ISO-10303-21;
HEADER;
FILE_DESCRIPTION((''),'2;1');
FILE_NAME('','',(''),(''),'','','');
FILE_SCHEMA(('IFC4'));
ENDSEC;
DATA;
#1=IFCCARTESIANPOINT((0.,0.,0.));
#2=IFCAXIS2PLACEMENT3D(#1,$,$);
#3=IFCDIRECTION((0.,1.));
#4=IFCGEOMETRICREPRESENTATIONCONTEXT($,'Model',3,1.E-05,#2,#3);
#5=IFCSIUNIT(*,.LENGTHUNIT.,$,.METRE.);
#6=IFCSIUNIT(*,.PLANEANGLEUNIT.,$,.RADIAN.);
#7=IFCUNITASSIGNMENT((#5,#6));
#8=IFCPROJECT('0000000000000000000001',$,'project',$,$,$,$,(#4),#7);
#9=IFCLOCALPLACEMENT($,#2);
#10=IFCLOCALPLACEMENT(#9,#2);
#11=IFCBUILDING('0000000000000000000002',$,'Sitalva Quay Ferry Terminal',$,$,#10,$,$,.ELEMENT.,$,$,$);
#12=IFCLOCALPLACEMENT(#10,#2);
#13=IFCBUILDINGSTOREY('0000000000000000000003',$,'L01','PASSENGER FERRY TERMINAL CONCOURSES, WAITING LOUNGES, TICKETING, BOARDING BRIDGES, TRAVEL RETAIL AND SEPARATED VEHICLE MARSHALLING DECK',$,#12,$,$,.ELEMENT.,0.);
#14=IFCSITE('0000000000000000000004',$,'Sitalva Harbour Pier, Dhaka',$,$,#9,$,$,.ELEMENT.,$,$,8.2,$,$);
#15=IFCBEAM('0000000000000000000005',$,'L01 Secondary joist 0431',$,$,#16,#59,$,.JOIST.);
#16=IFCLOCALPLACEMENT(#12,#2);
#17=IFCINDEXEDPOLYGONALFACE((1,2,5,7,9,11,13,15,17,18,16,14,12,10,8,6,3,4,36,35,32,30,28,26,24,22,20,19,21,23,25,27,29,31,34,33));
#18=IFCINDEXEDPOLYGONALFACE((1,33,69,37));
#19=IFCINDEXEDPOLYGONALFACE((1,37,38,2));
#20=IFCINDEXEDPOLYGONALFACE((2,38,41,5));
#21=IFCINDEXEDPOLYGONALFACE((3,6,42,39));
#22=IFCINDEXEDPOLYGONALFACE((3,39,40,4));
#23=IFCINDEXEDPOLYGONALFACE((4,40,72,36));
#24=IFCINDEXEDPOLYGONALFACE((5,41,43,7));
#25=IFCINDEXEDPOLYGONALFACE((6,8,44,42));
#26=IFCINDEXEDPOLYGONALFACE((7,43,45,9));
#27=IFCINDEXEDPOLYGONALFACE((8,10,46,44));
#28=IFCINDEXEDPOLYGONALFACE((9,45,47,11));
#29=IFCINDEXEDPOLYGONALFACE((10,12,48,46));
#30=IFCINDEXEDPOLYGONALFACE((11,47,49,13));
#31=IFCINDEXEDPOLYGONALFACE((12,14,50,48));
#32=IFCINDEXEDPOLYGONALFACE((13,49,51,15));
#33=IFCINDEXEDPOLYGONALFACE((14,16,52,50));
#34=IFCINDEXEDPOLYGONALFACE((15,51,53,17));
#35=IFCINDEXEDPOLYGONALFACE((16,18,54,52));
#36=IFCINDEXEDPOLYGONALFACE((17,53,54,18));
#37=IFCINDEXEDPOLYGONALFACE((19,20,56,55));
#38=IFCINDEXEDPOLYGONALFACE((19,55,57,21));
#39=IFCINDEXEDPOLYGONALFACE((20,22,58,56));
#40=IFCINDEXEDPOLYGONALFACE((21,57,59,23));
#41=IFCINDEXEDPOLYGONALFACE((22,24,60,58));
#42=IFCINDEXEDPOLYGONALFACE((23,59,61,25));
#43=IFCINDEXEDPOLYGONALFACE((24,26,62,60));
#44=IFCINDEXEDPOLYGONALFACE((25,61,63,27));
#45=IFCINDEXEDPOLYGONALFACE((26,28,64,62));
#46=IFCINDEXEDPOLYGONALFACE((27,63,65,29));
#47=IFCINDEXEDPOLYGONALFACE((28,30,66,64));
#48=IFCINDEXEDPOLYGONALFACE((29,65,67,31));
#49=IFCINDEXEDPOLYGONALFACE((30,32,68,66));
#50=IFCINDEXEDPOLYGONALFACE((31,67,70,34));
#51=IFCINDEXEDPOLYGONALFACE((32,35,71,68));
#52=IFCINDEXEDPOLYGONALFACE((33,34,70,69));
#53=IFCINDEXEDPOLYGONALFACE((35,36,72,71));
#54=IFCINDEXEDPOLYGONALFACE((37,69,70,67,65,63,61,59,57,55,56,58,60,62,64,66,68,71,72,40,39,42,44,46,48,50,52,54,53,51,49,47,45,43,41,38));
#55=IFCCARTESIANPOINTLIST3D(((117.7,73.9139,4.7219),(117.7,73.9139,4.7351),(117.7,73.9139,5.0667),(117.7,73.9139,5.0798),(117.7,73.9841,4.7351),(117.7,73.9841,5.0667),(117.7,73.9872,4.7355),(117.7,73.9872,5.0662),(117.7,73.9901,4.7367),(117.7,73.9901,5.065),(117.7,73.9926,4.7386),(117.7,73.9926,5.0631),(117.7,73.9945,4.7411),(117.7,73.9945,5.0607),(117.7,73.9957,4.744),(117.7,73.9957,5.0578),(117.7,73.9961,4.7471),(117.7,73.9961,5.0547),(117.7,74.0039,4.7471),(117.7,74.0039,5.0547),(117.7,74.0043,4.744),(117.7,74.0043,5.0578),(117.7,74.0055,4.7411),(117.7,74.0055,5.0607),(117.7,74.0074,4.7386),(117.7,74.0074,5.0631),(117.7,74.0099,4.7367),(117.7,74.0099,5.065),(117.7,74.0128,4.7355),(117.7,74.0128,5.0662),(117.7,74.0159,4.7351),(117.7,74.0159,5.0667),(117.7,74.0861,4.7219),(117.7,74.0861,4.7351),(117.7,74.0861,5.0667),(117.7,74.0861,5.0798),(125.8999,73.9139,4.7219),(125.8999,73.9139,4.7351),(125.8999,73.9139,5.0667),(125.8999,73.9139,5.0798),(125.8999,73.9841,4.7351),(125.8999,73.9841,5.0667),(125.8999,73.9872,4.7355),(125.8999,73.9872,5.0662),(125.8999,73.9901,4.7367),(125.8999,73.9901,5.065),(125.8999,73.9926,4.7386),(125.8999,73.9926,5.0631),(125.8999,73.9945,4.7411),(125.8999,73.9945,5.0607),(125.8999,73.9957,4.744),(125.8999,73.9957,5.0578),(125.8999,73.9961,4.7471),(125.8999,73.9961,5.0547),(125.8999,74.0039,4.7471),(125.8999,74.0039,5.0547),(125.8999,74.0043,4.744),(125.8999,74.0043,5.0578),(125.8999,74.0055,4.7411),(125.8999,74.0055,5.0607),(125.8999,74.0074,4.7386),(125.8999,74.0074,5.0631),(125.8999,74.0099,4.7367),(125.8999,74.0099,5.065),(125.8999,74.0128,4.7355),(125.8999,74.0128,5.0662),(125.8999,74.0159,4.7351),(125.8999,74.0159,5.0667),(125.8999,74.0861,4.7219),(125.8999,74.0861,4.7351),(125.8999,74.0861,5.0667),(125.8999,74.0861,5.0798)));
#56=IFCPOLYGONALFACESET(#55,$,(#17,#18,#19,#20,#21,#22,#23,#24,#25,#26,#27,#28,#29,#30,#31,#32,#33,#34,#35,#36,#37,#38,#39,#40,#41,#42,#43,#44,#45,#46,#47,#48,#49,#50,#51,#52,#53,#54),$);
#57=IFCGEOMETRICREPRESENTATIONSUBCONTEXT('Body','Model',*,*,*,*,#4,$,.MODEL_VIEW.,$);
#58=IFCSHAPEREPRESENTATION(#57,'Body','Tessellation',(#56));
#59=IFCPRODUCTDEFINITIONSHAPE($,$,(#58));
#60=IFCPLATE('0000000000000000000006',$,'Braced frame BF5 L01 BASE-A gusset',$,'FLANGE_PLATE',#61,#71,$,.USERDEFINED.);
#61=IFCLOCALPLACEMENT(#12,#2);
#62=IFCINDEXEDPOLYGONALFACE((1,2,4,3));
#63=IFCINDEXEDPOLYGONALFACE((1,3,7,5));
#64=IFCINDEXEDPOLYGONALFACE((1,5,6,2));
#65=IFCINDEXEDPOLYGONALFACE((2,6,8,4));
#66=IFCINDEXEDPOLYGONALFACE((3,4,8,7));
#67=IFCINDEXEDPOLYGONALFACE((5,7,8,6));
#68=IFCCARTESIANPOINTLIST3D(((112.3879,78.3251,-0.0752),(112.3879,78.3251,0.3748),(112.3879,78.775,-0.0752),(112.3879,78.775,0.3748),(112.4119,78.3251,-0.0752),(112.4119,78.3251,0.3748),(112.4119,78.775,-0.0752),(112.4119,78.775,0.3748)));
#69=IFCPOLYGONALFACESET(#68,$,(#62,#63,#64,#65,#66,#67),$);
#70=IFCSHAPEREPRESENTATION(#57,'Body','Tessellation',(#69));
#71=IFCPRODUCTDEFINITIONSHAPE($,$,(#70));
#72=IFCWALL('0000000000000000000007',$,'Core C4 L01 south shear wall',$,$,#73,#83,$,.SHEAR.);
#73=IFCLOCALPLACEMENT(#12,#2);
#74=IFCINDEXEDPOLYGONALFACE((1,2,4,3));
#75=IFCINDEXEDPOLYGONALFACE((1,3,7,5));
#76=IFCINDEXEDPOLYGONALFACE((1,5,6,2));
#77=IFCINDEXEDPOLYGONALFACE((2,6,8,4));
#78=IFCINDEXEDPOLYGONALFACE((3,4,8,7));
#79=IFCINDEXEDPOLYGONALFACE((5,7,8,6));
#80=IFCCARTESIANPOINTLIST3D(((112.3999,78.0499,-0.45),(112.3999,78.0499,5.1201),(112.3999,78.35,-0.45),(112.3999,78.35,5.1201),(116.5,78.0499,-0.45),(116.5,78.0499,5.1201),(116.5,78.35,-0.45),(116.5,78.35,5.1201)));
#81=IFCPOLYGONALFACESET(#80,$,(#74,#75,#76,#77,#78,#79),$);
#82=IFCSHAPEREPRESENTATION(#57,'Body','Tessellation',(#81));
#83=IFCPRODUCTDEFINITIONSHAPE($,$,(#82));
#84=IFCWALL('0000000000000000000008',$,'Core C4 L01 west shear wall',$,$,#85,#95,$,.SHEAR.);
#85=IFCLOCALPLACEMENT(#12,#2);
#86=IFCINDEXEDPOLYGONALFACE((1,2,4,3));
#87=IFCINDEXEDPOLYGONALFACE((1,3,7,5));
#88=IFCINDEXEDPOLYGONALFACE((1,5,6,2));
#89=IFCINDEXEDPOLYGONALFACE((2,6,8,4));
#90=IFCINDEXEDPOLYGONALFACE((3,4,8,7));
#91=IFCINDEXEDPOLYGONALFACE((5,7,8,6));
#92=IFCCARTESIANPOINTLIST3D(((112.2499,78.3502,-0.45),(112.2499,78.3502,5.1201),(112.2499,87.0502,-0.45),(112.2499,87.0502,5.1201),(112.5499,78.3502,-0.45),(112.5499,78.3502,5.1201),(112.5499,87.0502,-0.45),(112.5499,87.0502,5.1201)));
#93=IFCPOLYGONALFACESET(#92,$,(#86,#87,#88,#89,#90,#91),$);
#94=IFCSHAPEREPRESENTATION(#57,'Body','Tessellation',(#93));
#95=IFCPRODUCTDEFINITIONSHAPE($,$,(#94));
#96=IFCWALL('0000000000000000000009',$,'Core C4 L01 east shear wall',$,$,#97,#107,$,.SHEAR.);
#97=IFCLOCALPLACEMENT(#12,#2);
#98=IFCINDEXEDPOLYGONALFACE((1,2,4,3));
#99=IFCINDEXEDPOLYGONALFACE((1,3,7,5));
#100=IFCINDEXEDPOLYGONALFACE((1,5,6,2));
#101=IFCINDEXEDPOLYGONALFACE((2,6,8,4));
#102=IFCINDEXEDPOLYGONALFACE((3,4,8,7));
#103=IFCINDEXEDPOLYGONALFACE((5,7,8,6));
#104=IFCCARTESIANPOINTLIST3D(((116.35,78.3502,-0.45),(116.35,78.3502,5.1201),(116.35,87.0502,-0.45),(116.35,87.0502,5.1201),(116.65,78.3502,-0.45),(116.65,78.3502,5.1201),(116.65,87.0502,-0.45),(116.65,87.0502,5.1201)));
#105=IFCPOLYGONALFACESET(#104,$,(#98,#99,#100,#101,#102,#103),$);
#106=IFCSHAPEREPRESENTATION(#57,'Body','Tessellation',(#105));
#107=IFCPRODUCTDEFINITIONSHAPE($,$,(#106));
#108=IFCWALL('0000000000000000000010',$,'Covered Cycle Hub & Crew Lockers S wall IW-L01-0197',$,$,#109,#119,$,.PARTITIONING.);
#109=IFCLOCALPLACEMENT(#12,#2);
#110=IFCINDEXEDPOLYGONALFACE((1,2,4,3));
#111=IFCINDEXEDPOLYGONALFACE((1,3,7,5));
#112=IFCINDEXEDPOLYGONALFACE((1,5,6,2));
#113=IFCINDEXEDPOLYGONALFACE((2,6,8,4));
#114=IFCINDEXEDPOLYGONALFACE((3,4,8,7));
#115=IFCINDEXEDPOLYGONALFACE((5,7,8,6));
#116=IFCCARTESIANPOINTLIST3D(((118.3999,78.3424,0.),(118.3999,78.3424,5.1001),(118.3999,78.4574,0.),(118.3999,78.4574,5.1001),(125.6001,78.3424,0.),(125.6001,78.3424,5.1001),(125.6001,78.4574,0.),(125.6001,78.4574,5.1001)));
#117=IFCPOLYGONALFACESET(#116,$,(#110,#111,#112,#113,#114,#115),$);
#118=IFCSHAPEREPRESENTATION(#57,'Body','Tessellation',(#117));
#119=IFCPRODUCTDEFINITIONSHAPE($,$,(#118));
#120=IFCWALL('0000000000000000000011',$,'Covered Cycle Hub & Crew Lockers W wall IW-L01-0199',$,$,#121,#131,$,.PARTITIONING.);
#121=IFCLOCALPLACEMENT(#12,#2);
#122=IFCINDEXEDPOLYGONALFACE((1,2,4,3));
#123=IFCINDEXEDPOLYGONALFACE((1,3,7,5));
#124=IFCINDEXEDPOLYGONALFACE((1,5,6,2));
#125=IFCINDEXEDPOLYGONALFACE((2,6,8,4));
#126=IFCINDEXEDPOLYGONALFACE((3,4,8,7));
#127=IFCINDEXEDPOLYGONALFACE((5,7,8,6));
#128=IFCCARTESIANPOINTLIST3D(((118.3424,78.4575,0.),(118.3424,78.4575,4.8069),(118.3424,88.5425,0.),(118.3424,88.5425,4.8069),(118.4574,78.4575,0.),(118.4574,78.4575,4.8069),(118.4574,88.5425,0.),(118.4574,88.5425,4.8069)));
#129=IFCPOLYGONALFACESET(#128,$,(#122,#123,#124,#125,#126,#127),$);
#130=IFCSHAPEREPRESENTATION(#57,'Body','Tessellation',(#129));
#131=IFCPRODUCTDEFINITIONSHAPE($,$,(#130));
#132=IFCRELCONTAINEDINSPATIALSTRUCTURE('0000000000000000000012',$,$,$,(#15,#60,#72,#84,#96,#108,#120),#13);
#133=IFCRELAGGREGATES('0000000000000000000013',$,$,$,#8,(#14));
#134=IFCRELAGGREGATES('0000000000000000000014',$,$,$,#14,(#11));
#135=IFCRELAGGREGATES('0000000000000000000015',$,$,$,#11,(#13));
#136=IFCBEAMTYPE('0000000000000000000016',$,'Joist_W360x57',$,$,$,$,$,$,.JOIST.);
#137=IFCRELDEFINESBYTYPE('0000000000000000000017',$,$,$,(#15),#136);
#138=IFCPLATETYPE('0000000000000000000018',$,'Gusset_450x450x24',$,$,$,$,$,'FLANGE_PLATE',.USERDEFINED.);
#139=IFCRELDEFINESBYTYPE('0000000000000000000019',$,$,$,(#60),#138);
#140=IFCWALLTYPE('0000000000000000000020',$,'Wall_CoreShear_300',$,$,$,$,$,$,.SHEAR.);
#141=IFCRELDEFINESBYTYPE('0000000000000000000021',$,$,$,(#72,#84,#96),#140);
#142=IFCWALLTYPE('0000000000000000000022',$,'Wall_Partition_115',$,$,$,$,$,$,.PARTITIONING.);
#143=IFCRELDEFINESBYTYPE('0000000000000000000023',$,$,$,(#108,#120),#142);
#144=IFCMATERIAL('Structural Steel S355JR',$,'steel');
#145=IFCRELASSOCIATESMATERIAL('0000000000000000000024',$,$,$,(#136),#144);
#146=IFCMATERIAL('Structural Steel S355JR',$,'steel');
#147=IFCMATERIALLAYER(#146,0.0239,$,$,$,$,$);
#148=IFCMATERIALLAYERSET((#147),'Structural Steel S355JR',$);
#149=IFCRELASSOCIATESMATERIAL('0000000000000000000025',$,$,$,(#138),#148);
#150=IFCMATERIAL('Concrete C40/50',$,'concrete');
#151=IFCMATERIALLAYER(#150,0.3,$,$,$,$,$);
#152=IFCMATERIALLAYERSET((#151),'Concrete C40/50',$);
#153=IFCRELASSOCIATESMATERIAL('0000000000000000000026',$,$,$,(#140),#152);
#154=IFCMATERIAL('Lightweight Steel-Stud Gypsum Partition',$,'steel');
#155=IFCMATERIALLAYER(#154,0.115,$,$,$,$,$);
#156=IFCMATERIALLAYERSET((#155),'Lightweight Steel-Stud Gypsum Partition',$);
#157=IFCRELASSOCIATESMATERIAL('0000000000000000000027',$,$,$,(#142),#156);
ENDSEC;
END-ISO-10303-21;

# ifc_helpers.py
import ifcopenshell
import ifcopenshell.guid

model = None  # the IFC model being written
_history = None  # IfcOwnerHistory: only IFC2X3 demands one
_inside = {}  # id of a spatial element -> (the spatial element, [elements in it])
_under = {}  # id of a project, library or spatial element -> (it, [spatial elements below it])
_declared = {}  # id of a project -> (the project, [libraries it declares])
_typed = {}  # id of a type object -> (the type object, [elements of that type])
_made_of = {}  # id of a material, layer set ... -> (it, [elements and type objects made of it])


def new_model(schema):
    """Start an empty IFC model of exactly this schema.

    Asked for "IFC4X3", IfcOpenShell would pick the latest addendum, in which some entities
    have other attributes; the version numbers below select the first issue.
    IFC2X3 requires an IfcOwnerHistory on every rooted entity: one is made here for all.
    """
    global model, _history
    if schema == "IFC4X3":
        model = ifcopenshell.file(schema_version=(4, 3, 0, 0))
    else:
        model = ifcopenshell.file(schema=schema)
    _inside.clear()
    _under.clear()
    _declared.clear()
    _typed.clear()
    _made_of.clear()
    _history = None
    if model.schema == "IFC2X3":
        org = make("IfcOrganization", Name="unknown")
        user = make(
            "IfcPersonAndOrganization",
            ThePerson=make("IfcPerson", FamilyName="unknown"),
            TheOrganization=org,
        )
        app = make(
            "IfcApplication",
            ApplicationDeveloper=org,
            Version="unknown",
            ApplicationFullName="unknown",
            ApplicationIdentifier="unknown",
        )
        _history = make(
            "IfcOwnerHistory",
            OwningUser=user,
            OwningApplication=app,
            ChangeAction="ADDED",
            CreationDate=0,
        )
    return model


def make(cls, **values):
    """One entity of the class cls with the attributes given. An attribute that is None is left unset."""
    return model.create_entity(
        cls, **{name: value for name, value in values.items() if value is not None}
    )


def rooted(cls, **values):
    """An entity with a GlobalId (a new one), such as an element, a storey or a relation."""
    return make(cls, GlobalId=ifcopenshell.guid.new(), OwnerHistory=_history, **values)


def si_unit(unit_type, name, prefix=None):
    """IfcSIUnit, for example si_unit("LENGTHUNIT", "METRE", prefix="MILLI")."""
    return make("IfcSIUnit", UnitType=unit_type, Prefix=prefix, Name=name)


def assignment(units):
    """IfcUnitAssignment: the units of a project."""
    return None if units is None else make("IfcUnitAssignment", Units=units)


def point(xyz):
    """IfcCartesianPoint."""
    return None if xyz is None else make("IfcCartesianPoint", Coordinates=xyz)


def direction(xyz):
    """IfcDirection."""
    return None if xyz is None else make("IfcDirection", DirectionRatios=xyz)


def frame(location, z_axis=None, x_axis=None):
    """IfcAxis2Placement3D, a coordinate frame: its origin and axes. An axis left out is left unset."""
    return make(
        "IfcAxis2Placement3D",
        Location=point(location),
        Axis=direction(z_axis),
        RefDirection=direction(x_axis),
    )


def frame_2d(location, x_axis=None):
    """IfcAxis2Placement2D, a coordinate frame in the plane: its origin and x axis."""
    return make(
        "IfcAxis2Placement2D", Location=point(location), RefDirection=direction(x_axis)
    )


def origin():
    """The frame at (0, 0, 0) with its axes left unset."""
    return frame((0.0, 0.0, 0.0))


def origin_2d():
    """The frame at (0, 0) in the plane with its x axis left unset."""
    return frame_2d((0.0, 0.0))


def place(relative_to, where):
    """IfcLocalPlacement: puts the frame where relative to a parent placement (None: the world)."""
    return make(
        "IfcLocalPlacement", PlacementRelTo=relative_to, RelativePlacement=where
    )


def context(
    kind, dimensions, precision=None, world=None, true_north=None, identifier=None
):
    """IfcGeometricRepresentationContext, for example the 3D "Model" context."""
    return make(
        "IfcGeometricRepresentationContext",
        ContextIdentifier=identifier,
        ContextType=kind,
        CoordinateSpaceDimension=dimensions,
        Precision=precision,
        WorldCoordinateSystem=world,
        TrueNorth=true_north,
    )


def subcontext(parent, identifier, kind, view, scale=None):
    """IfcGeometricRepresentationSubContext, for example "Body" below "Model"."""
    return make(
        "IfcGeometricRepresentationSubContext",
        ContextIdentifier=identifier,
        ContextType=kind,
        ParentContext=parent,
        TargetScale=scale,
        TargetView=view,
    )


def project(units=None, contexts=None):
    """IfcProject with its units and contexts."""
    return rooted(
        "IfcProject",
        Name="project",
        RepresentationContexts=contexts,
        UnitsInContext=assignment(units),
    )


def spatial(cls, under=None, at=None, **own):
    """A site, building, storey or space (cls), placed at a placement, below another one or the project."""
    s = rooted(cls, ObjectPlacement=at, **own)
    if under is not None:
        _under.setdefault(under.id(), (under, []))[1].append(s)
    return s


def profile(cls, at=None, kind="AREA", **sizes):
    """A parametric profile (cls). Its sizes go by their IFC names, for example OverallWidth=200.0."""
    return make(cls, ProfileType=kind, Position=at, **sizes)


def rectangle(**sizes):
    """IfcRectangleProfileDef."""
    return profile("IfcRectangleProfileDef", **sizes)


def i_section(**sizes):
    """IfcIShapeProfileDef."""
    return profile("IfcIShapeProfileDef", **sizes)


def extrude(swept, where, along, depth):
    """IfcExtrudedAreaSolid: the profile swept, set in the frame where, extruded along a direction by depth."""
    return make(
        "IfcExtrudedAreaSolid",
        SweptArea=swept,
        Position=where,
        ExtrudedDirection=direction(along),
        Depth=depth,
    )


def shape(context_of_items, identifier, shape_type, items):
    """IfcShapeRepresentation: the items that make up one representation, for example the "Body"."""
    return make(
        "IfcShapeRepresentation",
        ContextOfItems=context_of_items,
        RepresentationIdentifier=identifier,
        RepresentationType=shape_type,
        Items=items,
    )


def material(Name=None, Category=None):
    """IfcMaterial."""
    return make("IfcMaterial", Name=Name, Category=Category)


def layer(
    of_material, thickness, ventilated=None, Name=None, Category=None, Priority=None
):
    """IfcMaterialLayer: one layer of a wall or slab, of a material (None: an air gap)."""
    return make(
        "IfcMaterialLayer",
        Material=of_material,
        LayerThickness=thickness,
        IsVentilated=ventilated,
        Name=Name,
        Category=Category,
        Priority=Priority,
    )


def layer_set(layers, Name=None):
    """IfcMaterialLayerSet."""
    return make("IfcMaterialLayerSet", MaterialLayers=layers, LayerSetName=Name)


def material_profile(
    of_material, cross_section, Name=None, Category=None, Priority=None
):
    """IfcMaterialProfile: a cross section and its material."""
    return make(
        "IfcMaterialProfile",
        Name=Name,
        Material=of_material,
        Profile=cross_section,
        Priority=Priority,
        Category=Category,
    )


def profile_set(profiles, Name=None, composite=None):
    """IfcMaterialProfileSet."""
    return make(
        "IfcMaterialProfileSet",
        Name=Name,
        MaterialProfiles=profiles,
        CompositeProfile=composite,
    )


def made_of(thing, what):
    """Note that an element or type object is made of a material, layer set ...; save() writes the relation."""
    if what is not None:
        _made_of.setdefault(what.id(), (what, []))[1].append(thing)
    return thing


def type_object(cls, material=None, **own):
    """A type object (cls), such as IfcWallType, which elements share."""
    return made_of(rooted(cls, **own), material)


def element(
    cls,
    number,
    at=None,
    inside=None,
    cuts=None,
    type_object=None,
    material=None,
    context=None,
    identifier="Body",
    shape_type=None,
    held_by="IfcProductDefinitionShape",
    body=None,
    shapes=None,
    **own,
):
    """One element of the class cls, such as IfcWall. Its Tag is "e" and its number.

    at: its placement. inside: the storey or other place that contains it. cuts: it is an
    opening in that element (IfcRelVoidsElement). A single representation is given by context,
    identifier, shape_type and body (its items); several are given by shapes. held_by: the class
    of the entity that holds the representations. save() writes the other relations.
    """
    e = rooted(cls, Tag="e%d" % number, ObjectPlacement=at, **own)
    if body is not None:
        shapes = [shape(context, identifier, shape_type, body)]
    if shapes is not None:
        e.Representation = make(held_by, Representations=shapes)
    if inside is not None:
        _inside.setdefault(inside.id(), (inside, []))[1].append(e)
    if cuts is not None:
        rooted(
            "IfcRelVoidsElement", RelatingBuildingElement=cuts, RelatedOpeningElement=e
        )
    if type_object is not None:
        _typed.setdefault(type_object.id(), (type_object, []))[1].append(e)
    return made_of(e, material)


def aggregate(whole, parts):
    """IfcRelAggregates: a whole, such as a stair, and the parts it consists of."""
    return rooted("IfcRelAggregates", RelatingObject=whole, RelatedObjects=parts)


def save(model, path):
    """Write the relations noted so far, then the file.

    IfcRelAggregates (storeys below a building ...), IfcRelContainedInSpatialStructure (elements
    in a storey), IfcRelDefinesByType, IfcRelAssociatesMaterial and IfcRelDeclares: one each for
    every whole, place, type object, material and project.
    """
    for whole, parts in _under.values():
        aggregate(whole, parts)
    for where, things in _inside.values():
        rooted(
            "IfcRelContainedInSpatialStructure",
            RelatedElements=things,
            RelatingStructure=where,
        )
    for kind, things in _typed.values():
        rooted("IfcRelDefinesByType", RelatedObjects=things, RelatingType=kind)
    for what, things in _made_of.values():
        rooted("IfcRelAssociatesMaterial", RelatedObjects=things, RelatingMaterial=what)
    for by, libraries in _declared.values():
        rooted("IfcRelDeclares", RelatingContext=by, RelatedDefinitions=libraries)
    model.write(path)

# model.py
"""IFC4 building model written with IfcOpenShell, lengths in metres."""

from ifc_helpers import new_model, si_unit, direction, frame, frame_2d, origin, origin_2d, place, context, subcontext, project, spatial, rectangle, i_section, extrude, material, layer, layer_set, material_profile, profile_set, type_object, element, save


model = new_model("IFC4")

# Units and contexts
model_context = context("Model", 3, precision=1e-05, world=origin(), true_north=direction((0.0, 1.0)))
body_context = subcontext(model_context, "Body", "Model", "MODEL_VIEW")
ifc_project = project(units=[si_unit("LENGTHUNIT", "METRE"), si_unit("PLANEANGLEUNIT", "RADIAN")], contexts=[model_context])

# Site, building, storey
site_placement = place(None, origin())
site = spatial("IfcSite", under=ifc_project, at=site_placement, Name="Sitalva Harbour Pier, Dhaka", CompositionType="ELEMENT", RefElevation=8.2)
building_placement = place(site_placement, origin())
building = spatial("IfcBuilding", under=site, at=building_placement, Name="Sitalva Quay Ferry Terminal", CompositionType="ELEMENT")
storey_placement = place(building_placement, origin())
storey = spatial("IfcBuildingStorey", under=building, at=storey_placement, Name="L01", Description="PASSENGER FERRY TERMINAL CONCOURSES, WAITING LOUNGES, TICKETING, BOARDING BRIDGES, TRAVEL RETAIL AND SEPARATED VEHICLE MARSHALLING DECK", CompositionType="ELEMENT", Elevation=0.0)

# Beam
ifc_material_1 = material(Name="Structural Steel S355JR", Category="steel")
ifc_material_profile_1 = material_profile(ifc_material_1, i_section(OverallWidth=0.1721, OverallDepth=0.3579, WebThickness=0.0078, FlangeThickness=0.0132, FilletRadius=0.012, at=origin_2d()), Name="W360x57")
ifc_profile_set_1 = profile_set([ifc_material_profile_1], Name="Structural Steel S355JR")
beam_type_1 = type_object("IfcBeamType", Name="Joist_W360x57", PredefinedType="JOIST", material=ifc_profile_set_1)
for number, where, z_axis, x_axis, name in (
    (1, (117.7, 74.0, 4.9009), (1.0, 0.0, 0.0), (0.0, 1.0, 0.0), "L01 Secondary joist 0431"),
):
    element("IfcBeam", number, at=place(storey_placement, frame(where, z_axis=z_axis, x_axis=x_axis)), inside=storey, type_object=beam_type_1, Name=name, PredefinedType="JOIST", context=body_context, shape_type="SweptSolid", body=[
        extrude(i_section(OverallWidth=0.1721, OverallDepth=0.3579, WebThickness=0.0078, FlangeThickness=0.0132, FilletRadius=0.012, at=origin_2d()), origin(), (0.0, 0.0, 1.0), 8.2),
    ])

# Plate
ifc_material_2 = material(Name="Structural Steel S355JR", Category="steel")
ifc_layer_1 = layer(ifc_material_2, 0.0239)
ifc_layer_set_1 = layer_set([ifc_layer_1], Name="Structural Steel S355JR")
plate_type = type_object("IfcPlateType", Name="Gusset_450x450x24", ElementType="FLANGE_PLATE", PredefinedType="USERDEFINED", material=ifc_layer_set_1)
plate_placement = place(storey_placement, frame((112.3999, 78.55, -0.0752), z_axis=(0.0, 0.0, 1.0), x_axis=(1.0, 0.0, 0.0)))
element("IfcPlate", 2, at=plate_placement, inside=storey, type_object=plate_type, Name="Braced frame BF5 L01 BASE-A gusset", ObjectType="FLANGE_PLATE", PredefinedType="USERDEFINED", context=body_context, shape_type="SweptSolid", body=[
    extrude(rectangle(XDim=0.0239, YDim=0.45, at=origin_2d()), origin(), (0.0, 0.0, 1.0), 0.45),
])

# Walls
ifc_material_3 = material(Name="Concrete C40/50", Category="concrete")
ifc_layer_2 = layer(ifc_material_3, 0.3)
ifc_layer_set_2 = layer_set([ifc_layer_2], Name="Concrete C40/50")
wall_type_1 = type_object("IfcWallType", Name="Wall_CoreShear_300", PredefinedType="SHEAR", material=ifc_layer_set_2)
wall_1_placement = place(storey_placement, frame((112.3999, 78.2, -0.45), z_axis=(0.0, 0.0, 1.0), x_axis=(1.0, 0.0, 0.0)))
element("IfcWall", 3, at=wall_1_placement, inside=storey, type_object=wall_type_1, Name="Core C4 L01 south shear wall", PredefinedType="SHEAR", context=body_context, shape_type="SweptSolid", body=[
    extrude(rectangle(XDim=4.1001, YDim=0.3, at=frame_2d((2.05, 0.0))), origin(), (0.0, 0.0, 1.0), 5.5701),
])
for number, where, z_axis, x_axis, name in (
    (4, (112.3999, 78.3501, -0.45), (0.0, 0.0, 1.0), (0.0, 1.0, 0.0), "Core C4 L01 west shear wall"),
    (5, (116.5, 78.3501, -0.45), (0.0, 0.0, 1.0), (0.0, 1.0, 0.0), "Core C4 L01 east shear wall"),
):
    element("IfcWall", number, at=place(storey_placement, frame(where, z_axis=z_axis, x_axis=x_axis)), inside=storey, type_object=wall_type_1, Name=name, PredefinedType="SHEAR", context=body_context, shape_type="SweptSolid", body=[
        extrude(rectangle(XDim=8.7, YDim=0.3, at=frame_2d((4.3501, 0.0))), origin(), (0.0, 0.0, 1.0), 5.5701),
    ])
ifc_material_4 = material(Name="Lightweight Steel-Stud Gypsum Partition", Category="steel")
ifc_layer_3 = layer(ifc_material_4, 0.115)
ifc_layer_set_3 = layer_set([ifc_layer_3], Name="Lightweight Steel-Stud Gypsum Partition")
wall_type_2 = type_object("IfcWallType", Name="Wall_Partition_115", PredefinedType="PARTITIONING", material=ifc_layer_set_3)
wall_2_placement = place(storey_placement, frame((118.3999, 78.3999, 0.0), z_axis=(0.0, 0.0, 1.0), x_axis=(1.0, 0.0, 0.0)))
element("IfcWall", 6, at=wall_2_placement, inside=storey, type_object=wall_type_2, Name="Covered Cycle Hub & Crew Lockers S wall IW-L01-0197", PredefinedType="PARTITIONING", context=body_context, shape_type="SweptSolid", body=[
    extrude(rectangle(XDim=7.2002, YDim=0.115, at=frame_2d((3.6001, 0.0))), origin(), (0.0, 0.0, 1.0), 5.1001),
])
wall_3_placement = place(storey_placement, frame((118.3999, 78.4575, 0.0), z_axis=(0.0, 0.0, 1.0), x_axis=(0.0, 1.0, 0.0)))
element("IfcWall", 7, at=wall_3_placement, inside=storey, type_object=wall_type_2, Name="Covered Cycle Hub & Crew Lockers W wall IW-L01-0199", PredefinedType="PARTITIONING", context=body_context, shape_type="SweptSolid", body=[
    extrude(rectangle(XDim=10.085, YDim=0.115, at=frame_2d((5.0425, 0.0))), origin(), (0.0, 0.0, 1.0), 4.8069),
])

save(model, "model.ifc")
